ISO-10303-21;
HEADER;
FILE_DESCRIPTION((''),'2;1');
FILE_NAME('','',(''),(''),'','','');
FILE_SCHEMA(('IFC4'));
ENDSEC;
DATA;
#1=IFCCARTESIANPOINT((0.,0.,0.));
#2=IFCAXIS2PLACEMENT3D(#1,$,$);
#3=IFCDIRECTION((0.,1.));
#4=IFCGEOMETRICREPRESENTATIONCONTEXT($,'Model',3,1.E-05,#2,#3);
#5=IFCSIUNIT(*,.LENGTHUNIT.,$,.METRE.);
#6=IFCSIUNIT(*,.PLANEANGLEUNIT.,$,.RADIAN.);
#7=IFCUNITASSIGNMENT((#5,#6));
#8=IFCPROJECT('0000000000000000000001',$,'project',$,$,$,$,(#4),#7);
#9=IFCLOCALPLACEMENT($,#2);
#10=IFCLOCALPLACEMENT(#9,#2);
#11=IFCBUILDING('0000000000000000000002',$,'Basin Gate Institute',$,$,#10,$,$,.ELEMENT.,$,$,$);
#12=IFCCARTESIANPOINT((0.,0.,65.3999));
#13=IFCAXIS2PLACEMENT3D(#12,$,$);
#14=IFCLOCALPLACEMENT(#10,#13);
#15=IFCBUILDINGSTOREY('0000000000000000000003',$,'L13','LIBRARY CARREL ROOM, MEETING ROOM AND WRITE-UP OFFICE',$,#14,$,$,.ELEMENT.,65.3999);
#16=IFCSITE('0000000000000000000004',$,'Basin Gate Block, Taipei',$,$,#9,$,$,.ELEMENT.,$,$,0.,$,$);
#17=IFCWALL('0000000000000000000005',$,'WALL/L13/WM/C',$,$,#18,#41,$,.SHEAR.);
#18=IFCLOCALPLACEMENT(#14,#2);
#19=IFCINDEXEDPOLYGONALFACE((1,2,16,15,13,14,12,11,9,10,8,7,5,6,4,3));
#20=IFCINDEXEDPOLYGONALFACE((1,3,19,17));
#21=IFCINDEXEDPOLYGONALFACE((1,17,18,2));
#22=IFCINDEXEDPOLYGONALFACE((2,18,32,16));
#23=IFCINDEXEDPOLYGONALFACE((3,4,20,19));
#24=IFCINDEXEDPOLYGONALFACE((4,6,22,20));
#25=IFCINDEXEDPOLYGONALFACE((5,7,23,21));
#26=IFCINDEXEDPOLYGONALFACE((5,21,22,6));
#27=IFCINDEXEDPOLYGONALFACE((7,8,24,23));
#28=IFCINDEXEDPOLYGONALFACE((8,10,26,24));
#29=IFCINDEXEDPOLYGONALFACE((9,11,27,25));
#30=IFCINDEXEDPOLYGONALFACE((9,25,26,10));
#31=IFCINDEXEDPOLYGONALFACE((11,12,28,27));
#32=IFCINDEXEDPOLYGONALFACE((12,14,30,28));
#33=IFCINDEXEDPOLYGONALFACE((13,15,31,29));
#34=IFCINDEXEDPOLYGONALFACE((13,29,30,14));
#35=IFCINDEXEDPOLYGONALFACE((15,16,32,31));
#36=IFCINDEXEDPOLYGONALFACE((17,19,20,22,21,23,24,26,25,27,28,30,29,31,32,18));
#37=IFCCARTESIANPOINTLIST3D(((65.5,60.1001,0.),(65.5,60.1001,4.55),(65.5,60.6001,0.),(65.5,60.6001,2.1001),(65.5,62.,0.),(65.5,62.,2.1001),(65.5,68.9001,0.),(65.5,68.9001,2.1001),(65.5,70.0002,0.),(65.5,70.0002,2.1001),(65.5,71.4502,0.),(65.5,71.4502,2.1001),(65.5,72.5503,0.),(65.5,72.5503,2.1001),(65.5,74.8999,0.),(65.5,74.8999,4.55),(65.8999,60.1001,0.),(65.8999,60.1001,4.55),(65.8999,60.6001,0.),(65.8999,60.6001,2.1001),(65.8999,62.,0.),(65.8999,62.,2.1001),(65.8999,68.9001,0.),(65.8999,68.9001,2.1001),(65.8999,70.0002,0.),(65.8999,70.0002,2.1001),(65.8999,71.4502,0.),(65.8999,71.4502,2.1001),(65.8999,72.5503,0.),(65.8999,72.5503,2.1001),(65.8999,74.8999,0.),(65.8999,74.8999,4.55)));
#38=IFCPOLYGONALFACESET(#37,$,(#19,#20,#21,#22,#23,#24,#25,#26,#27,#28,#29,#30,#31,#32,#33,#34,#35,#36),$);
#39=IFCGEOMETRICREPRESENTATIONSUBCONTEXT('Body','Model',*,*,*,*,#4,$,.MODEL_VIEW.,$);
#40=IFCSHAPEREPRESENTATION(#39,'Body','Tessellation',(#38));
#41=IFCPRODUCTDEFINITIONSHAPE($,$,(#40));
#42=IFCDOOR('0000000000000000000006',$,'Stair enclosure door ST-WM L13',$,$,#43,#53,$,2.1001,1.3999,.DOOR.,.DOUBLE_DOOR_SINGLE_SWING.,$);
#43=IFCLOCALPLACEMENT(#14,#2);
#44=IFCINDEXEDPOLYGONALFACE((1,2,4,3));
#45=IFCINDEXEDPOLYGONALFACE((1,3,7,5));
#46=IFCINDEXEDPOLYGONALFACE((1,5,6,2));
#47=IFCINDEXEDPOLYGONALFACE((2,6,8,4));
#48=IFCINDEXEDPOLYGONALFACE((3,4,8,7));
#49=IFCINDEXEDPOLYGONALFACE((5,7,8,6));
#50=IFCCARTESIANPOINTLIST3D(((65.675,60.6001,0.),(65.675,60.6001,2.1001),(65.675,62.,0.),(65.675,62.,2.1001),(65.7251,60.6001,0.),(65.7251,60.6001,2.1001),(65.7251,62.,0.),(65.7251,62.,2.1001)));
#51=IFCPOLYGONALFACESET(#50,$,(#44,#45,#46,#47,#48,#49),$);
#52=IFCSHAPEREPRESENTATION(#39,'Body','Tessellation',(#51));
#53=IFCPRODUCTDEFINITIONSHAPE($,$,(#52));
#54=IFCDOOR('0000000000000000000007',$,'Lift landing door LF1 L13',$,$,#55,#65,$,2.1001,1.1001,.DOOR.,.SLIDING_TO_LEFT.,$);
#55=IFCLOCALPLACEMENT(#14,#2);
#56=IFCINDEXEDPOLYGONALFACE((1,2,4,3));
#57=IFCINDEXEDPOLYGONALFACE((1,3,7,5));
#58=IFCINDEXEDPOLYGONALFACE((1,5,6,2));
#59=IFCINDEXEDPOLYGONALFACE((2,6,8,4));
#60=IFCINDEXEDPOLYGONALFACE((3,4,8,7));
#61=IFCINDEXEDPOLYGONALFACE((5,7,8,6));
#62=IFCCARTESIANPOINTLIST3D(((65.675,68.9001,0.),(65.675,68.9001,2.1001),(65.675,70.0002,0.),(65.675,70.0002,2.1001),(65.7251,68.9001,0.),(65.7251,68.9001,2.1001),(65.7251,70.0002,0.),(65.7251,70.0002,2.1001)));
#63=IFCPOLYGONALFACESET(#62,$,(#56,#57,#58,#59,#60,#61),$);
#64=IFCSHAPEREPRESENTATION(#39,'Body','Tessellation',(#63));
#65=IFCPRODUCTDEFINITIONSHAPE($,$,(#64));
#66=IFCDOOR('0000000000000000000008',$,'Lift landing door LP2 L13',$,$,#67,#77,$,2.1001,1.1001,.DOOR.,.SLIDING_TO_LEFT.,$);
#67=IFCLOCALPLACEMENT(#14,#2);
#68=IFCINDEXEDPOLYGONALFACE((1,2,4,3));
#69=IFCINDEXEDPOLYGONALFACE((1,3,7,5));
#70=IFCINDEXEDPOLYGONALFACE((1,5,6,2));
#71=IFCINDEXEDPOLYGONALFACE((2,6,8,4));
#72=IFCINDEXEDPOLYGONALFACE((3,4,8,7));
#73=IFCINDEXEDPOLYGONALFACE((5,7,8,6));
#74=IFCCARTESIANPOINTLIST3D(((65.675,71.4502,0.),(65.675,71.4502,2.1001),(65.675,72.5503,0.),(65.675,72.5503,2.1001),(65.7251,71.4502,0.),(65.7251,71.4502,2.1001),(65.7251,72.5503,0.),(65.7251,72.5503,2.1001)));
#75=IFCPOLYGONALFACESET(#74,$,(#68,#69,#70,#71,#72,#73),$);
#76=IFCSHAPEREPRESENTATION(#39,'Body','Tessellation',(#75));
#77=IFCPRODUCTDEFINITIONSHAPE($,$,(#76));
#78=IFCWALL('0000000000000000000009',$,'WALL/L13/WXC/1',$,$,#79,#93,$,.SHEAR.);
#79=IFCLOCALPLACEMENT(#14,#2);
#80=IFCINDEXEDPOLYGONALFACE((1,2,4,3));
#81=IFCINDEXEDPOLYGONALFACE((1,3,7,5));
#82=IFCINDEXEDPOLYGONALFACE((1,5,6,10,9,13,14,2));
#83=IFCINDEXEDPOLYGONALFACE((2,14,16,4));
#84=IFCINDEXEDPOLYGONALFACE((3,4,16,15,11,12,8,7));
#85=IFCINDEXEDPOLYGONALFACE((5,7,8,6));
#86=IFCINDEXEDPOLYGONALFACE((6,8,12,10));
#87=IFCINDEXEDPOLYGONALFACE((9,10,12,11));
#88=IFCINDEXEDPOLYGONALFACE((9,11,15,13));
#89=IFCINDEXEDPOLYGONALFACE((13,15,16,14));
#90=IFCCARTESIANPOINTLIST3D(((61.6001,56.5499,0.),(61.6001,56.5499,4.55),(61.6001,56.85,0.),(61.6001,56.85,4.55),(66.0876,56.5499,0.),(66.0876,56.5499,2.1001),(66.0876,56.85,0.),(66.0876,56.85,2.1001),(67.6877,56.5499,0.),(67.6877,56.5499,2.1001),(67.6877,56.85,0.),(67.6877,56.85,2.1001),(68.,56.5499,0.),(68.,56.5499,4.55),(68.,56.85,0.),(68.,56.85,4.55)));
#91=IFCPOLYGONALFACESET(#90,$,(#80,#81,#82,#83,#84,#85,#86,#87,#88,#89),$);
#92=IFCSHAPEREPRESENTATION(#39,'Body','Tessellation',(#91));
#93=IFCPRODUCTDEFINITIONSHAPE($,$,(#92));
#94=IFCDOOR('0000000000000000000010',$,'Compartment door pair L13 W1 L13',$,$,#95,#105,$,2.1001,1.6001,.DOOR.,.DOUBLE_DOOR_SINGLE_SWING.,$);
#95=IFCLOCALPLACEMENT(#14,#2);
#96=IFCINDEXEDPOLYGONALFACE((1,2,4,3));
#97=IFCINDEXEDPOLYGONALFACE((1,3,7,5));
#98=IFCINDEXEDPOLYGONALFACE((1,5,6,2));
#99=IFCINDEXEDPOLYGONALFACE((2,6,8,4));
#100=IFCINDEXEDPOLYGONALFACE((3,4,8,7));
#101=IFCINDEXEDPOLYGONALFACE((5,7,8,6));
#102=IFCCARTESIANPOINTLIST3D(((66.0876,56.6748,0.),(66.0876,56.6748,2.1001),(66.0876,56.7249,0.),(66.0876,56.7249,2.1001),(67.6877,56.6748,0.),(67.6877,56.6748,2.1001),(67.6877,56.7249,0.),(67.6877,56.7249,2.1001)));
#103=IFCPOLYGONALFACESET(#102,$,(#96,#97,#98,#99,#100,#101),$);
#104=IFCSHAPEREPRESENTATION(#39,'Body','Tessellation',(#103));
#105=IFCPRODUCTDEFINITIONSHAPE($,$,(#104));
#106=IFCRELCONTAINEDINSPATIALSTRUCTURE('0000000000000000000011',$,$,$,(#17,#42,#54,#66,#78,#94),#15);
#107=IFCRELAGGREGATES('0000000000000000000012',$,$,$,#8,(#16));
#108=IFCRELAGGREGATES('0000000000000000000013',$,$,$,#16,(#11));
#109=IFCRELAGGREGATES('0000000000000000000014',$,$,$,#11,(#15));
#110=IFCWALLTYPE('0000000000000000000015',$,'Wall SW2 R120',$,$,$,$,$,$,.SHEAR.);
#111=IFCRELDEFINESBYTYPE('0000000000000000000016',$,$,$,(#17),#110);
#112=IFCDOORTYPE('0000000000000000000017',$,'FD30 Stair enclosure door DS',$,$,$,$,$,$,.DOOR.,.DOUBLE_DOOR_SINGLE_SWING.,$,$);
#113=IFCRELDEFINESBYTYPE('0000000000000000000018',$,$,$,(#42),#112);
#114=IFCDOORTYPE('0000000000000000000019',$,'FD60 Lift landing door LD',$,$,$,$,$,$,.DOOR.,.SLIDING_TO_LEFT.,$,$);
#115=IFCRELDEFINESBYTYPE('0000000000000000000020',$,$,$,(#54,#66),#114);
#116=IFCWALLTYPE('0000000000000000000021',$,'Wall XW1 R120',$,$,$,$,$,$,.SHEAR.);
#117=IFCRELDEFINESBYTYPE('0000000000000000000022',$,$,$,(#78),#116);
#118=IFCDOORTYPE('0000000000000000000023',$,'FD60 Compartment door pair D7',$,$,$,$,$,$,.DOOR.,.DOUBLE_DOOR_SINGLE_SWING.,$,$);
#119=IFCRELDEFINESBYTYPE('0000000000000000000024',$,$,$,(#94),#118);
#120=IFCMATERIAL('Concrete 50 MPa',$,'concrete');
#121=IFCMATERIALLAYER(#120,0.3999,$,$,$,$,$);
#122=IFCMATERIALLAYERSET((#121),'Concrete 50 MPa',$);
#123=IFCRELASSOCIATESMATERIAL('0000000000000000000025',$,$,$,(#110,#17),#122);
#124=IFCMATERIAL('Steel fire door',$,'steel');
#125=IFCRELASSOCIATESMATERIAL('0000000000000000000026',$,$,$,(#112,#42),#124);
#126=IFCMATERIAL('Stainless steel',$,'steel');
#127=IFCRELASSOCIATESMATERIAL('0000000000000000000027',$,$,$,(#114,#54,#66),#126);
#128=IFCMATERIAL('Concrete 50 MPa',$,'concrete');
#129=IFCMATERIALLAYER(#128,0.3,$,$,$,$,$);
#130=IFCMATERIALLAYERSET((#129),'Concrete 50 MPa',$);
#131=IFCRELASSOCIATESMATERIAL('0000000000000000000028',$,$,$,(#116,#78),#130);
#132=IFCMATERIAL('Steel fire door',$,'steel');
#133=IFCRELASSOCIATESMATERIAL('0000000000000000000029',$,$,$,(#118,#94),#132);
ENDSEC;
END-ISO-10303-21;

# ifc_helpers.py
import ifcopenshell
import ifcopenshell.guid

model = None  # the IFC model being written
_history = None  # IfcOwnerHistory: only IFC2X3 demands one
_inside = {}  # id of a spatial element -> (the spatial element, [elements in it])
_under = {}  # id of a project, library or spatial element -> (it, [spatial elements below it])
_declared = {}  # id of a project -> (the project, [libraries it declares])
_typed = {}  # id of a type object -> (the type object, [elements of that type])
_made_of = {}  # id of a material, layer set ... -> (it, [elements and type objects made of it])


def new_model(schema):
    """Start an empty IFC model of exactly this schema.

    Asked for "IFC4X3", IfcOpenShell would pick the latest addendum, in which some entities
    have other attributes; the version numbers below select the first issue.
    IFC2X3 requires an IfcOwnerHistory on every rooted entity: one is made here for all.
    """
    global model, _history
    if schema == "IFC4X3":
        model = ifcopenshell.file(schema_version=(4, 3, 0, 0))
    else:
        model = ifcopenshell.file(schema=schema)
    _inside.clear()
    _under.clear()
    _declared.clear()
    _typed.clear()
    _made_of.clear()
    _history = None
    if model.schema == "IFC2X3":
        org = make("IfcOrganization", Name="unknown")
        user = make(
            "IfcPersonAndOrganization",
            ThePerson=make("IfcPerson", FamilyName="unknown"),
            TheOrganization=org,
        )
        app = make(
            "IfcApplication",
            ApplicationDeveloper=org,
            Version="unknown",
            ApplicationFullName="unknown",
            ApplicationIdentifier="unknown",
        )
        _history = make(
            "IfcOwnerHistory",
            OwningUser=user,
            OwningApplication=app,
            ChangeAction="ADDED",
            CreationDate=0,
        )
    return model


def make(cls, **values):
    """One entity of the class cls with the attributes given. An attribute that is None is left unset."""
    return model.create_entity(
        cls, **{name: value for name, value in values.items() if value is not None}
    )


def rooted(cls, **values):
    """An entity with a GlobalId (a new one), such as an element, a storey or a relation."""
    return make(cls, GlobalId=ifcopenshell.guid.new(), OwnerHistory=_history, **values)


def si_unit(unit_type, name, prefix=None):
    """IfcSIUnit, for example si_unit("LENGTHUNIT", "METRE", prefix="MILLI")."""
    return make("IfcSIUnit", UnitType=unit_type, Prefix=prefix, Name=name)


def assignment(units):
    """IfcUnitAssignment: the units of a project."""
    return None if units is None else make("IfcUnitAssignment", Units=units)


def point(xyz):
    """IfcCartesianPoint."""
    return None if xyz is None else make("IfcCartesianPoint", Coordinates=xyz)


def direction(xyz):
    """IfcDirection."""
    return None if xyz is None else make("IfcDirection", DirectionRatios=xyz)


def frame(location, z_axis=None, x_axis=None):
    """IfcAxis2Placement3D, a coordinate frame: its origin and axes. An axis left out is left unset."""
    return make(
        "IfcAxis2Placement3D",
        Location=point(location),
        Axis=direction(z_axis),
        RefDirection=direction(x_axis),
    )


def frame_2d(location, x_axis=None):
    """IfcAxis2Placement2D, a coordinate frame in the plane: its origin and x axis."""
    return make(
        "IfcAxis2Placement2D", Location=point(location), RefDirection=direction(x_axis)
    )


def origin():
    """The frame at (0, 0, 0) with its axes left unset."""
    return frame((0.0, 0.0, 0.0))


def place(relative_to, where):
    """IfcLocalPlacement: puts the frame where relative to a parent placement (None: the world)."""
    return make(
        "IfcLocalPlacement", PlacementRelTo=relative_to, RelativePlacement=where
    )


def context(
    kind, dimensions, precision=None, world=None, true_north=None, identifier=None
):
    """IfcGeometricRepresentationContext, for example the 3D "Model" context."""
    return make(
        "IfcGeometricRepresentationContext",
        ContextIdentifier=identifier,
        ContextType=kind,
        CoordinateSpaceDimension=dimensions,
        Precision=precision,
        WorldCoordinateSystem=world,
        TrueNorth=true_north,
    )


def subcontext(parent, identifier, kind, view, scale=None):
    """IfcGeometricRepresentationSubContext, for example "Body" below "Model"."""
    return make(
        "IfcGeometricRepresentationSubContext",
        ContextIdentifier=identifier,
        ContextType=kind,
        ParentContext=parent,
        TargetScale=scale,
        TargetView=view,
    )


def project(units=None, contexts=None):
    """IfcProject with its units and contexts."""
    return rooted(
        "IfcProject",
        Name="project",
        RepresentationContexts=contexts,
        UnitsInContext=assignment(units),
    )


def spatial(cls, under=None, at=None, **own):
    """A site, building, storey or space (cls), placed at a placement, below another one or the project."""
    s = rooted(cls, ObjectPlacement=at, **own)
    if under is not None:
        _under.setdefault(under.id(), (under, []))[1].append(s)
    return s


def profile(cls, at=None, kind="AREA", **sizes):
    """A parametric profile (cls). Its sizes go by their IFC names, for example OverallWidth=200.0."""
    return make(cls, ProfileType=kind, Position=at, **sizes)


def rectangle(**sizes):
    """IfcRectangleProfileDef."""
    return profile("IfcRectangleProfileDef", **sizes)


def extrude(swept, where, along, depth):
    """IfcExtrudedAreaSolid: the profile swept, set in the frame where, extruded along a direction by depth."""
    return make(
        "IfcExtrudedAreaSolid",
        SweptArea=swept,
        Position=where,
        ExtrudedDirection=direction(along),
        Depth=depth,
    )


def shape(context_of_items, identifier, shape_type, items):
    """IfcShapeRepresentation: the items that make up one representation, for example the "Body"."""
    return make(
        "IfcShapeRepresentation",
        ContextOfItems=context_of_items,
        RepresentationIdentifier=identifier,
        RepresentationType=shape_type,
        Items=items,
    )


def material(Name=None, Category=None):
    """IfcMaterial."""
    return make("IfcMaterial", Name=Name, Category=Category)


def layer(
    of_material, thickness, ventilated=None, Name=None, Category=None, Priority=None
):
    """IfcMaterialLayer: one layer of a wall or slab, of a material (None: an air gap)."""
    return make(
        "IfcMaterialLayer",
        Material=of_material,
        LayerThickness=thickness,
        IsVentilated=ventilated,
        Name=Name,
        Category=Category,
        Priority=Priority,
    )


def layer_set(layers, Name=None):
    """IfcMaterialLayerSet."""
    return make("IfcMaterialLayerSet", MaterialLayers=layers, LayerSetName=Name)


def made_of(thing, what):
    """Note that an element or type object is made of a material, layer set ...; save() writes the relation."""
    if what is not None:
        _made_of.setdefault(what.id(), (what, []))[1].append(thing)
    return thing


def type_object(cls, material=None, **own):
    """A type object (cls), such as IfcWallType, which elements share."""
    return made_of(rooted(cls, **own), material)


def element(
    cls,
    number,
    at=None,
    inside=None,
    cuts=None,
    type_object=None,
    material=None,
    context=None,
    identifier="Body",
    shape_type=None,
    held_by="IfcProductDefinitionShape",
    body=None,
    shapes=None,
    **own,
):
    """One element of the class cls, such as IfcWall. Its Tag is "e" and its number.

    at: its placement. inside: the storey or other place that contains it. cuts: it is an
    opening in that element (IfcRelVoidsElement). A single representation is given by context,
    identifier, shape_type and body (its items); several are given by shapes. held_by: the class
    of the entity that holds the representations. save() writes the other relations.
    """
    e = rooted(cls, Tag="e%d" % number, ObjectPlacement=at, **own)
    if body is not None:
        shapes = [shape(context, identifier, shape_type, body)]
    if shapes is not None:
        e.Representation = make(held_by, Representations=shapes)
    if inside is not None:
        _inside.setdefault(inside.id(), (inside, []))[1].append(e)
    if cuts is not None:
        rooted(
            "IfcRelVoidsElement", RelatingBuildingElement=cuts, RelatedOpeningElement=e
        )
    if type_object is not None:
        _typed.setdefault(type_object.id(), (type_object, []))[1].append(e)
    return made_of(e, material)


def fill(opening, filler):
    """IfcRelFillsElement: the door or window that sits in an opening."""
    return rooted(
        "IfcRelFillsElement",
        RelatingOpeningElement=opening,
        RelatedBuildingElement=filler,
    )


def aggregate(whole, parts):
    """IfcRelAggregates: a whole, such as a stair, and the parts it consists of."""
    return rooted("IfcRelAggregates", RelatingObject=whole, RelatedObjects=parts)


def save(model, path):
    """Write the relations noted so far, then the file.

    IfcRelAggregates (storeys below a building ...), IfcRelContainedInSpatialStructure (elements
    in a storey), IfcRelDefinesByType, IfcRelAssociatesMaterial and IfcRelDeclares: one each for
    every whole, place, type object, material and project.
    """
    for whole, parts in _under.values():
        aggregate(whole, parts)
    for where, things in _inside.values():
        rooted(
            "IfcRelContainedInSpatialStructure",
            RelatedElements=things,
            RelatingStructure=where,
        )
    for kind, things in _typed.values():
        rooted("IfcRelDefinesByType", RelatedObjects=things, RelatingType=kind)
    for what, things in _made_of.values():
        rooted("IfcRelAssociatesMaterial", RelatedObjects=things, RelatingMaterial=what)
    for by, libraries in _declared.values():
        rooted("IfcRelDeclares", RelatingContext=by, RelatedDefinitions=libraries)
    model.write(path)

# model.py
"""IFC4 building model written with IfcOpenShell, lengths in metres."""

from ifc_helpers import new_model, si_unit, direction, frame, frame_2d, origin, place, context, subcontext, project, spatial, rectangle, extrude, material, layer, layer_set, type_object, element, fill, save


model = new_model("IFC4")

# Units and contexts
model_context = context("Model", 3, precision=1e-05, world=origin(), true_north=direction((0.0, 1.0)))
body_context = subcontext(model_context, "Body", "Model", "MODEL_VIEW")
ifc_project = project(units=[si_unit("LENGTHUNIT", "METRE"), si_unit("PLANEANGLEUNIT", "RADIAN")], contexts=[model_context])

# Site, building, storey
site_placement = place(None, origin())
site = spatial("IfcSite", under=ifc_project, at=site_placement, Name="Basin Gate Block, Taipei", CompositionType="ELEMENT", RefElevation=0.0)
building_placement = place(site_placement, origin())
building = spatial("IfcBuilding", under=site, at=building_placement, Name="Basin Gate Institute", CompositionType="ELEMENT")
storey_placement = place(building_placement, frame((0.0, 0.0, 65.3999)))
storey = spatial("IfcBuildingStorey", under=building, at=storey_placement, Name="L13", Description="LIBRARY CARREL ROOM, MEETING ROOM AND WRITE-UP OFFICE", CompositionType="ELEMENT", Elevation=65.3999)

# Wall, openings, doors
ifc_material_1 = material(Name="Concrete 50 MPa", Category="concrete")
ifc_layer_1 = layer(ifc_material_1, 0.3999)
ifc_layer_set_1 = layer_set([ifc_layer_1], Name="Concrete 50 MPa")
wall_type_1 = type_object("IfcWallType", Name="Wall SW2 R120", PredefinedType="SHEAR", material=ifc_layer_set_1)
wall_1_placement = place(storey_placement, frame((65.7, 60.1001, 0.0), z_axis=(0.0, 0.0, 1.0), x_axis=(0.0, 1.0, 0.0)))
wall_1 = element("IfcWall", 1, at=wall_1_placement, inside=storey, type_object=wall_type_1, material=ifc_layer_set_1, Name="WALL/L13/WM/C", PredefinedType="SHEAR", context=body_context, shape_type="SweptSolid", body=[
    extrude(rectangle(XDim=14.7998, YDim=0.3999, at=frame_2d((7.3999, 0.0))), origin(), (0.0, 0.0, 1.0), 4.55),
])
opening_1_placement = place(wall_1_placement, frame((0.5, 0.0, 0.0)))
opening_1 = element("IfcOpeningElement", 2, at=opening_1_placement, cuts=wall_1, PredefinedType="OPENING", context=body_context, shape_type="SweptSolid", body=[
    extrude(rectangle(XDim=1.3999, YDim=2.1001, at=frame_2d((0.7, 1.05))), frame((0.0, 0.21, 0.0), z_axis=(0.0, -1.0, 0.0), x_axis=(1.0, 0.0, 0.0)), (0.0, 0.0, 1.0), 0.4199),
])
opening_2_placement = place(wall_1_placement, frame((8.8, 0.0, 0.0)))
opening_2 = element("IfcOpeningElement", 3, at=opening_2_placement, cuts=wall_1, PredefinedType="OPENING", context=body_context, shape_type="SweptSolid", body=[
    extrude(rectangle(XDim=1.1001, YDim=2.1001, at=frame_2d((0.55, 1.05))), frame((0.0, 0.21, 0.0), z_axis=(0.0, -1.0, 0.0), x_axis=(1.0, 0.0, 0.0)), (0.0, 0.0, 1.0), 0.4199),
])
opening_3_placement = place(wall_1_placement, frame((11.3501, 0.0, 0.0)))
opening_3 = element("IfcOpeningElement", 4, at=opening_3_placement, cuts=wall_1, PredefinedType="OPENING", context=body_context, shape_type="SweptSolid", body=[
    extrude(rectangle(XDim=1.1001, YDim=2.1001, at=frame_2d((0.55, 1.05))), frame((0.0, 0.21, 0.0), z_axis=(0.0, -1.0, 0.0), x_axis=(1.0, 0.0, 0.0)), (0.0, 0.0, 1.0), 0.4199),
])
ifc_material_2 = material(Name="Steel fire door", Category="steel")
door_type_1 = type_object("IfcDoorType", Name="FD30 Stair enclosure door DS", OperationType="DOUBLE_DOOR_SINGLE_SWING", PredefinedType="DOOR", material=ifc_material_2)
door_1_placement = place(opening_1_placement, origin())
door_1 = element("IfcDoor", 5, at=door_1_placement, inside=storey, type_object=door_type_1, material=ifc_material_2, Name="Stair enclosure door ST-WM L13", OperationType="DOUBLE_DOOR_SINGLE_SWING", OverallHeight=2.1001, OverallWidth=1.3999, PredefinedType="DOOR", context=body_context, shape_type="SweptSolid", body=[
    extrude(rectangle(XDim=1.3999, YDim=2.1001, at=frame_2d((0.7, 1.05))), frame((0.0, 0.0249, 0.0), z_axis=(0.0, -1.0, 0.0), x_axis=(1.0, 0.0, 0.0)), (0.0, 0.0, 1.0), 0.05),
])
fill(opening_1, door_1)
ifc_material_3 = material(Name="Stainless steel", Category="steel")
door_type_2 = type_object("IfcDoorType", Name="FD60 Lift landing door LD", OperationType="SLIDING_TO_LEFT", PredefinedType="DOOR", material=ifc_material_3)
door_2_placement = place(opening_2_placement, origin())
door_2 = element("IfcDoor", 6, at=door_2_placement, inside=storey, type_object=door_type_2, material=ifc_material_3, Name="Lift landing door LF1 L13", OperationType="SLIDING_TO_LEFT", OverallHeight=2.1001, OverallWidth=1.1001, PredefinedType="DOOR", context=body_context, shape_type="SweptSolid", body=[
    extrude(rectangle(XDim=1.1001, YDim=2.1001, at=frame_2d((0.55, 1.05))), frame((0.0, 0.0249, 0.0), z_axis=(0.0, -1.0, 0.0), x_axis=(1.0, 0.0, 0.0)), (0.0, 0.0, 1.0), 0.05),
])
fill(opening_2, door_2)
door_3_placement = place(opening_3_placement, origin())
door_3 = element("IfcDoor", 7, at=door_3_placement, inside=storey, type_object=door_type_2, material=ifc_material_3, Name="Lift landing door LP2 L13", OperationType="SLIDING_TO_LEFT", OverallHeight=2.1001, OverallWidth=1.1001, PredefinedType="DOOR", context=body_context, shape_type="SweptSolid", body=[
    extrude(rectangle(XDim=1.1001, YDim=2.1001, at=frame_2d((0.55, 1.05))), frame((0.0, 0.0249, 0.0), z_axis=(0.0, -1.0, 0.0), x_axis=(1.0, 0.0, 0.0)), (0.0, 0.0, 1.0), 0.05),
])
fill(opening_3, door_3)

# Wall, opening, door
ifc_material_4 = material(Name="Concrete 50 MPa", Category="concrete")
ifc_layer_2 = layer(ifc_material_4, 0.3)
ifc_layer_set_2 = layer_set([ifc_layer_2], Name="Concrete 50 MPa")
wall_type_2 = type_object("IfcWallType", Name="Wall XW1 R120", PredefinedType="SHEAR", material=ifc_layer_set_2)
wall_2_placement = place(storey_placement, frame((61.6001, 56.7, 0.0), z_axis=(0.0, 0.0, 1.0), x_axis=(1.0, 0.0, 0.0)))
wall_2 = element("IfcWall", 8, at=wall_2_placement, inside=storey, type_object=wall_type_2, material=ifc_layer_set_2, Name="WALL/L13/WXC/1", PredefinedType="SHEAR", context=body_context, shape_type="SweptSolid", body=[
    extrude(rectangle(XDim=6.3999, YDim=0.3, at=frame_2d((3.2, 0.0))), origin(), (0.0, 0.0, 1.0), 4.55),
])
opening_4_placement = place(wall_2_placement, frame((4.4875, 0.0, 0.0)))
opening_4 = element("IfcOpeningElement", 9, at=opening_4_placement, cuts=wall_2, PredefinedType="OPENING", context=body_context, shape_type="SweptSolid", body=[
    extrude(rectangle(XDim=1.6001, YDim=2.1001, at=frame_2d((0.8, 1.05))), frame((0.0, 0.1602, 0.0), z_axis=(0.0, -1.0, 0.0), x_axis=(1.0, 0.0, 0.0)), (0.0, 0.0, 1.0), 0.3201),
])
ifc_material_5 = material(Name="Steel fire door", Category="steel")
door_type_3 = type_object("IfcDoorType", Name="FD60 Compartment door pair D7", OperationType="DOUBLE_DOOR_SINGLE_SWING", PredefinedType="DOOR", material=ifc_material_5)
door_4_placement = place(opening_4_placement, origin())
door_4 = element("IfcDoor", 10, at=door_4_placement, inside=storey, type_object=door_type_3, material=ifc_material_5, Name="Compartment door pair L13 W1 L13", OperationType="DOUBLE_DOOR_SINGLE_SWING", OverallHeight=2.1001, OverallWidth=1.6001, PredefinedType="DOOR", context=body_context, shape_type="SweptSolid", body=[
    extrude(rectangle(XDim=1.6001, YDim=2.1001, at=frame_2d((0.8, 1.05))), frame((0.0, 0.0249, 0.0), z_axis=(0.0, -1.0, 0.0), x_axis=(1.0, 0.0, 0.0)), (0.0, 0.0, 1.0), 0.05),
])
fill(opening_4, door_4)

save(model, "model.ifc")
